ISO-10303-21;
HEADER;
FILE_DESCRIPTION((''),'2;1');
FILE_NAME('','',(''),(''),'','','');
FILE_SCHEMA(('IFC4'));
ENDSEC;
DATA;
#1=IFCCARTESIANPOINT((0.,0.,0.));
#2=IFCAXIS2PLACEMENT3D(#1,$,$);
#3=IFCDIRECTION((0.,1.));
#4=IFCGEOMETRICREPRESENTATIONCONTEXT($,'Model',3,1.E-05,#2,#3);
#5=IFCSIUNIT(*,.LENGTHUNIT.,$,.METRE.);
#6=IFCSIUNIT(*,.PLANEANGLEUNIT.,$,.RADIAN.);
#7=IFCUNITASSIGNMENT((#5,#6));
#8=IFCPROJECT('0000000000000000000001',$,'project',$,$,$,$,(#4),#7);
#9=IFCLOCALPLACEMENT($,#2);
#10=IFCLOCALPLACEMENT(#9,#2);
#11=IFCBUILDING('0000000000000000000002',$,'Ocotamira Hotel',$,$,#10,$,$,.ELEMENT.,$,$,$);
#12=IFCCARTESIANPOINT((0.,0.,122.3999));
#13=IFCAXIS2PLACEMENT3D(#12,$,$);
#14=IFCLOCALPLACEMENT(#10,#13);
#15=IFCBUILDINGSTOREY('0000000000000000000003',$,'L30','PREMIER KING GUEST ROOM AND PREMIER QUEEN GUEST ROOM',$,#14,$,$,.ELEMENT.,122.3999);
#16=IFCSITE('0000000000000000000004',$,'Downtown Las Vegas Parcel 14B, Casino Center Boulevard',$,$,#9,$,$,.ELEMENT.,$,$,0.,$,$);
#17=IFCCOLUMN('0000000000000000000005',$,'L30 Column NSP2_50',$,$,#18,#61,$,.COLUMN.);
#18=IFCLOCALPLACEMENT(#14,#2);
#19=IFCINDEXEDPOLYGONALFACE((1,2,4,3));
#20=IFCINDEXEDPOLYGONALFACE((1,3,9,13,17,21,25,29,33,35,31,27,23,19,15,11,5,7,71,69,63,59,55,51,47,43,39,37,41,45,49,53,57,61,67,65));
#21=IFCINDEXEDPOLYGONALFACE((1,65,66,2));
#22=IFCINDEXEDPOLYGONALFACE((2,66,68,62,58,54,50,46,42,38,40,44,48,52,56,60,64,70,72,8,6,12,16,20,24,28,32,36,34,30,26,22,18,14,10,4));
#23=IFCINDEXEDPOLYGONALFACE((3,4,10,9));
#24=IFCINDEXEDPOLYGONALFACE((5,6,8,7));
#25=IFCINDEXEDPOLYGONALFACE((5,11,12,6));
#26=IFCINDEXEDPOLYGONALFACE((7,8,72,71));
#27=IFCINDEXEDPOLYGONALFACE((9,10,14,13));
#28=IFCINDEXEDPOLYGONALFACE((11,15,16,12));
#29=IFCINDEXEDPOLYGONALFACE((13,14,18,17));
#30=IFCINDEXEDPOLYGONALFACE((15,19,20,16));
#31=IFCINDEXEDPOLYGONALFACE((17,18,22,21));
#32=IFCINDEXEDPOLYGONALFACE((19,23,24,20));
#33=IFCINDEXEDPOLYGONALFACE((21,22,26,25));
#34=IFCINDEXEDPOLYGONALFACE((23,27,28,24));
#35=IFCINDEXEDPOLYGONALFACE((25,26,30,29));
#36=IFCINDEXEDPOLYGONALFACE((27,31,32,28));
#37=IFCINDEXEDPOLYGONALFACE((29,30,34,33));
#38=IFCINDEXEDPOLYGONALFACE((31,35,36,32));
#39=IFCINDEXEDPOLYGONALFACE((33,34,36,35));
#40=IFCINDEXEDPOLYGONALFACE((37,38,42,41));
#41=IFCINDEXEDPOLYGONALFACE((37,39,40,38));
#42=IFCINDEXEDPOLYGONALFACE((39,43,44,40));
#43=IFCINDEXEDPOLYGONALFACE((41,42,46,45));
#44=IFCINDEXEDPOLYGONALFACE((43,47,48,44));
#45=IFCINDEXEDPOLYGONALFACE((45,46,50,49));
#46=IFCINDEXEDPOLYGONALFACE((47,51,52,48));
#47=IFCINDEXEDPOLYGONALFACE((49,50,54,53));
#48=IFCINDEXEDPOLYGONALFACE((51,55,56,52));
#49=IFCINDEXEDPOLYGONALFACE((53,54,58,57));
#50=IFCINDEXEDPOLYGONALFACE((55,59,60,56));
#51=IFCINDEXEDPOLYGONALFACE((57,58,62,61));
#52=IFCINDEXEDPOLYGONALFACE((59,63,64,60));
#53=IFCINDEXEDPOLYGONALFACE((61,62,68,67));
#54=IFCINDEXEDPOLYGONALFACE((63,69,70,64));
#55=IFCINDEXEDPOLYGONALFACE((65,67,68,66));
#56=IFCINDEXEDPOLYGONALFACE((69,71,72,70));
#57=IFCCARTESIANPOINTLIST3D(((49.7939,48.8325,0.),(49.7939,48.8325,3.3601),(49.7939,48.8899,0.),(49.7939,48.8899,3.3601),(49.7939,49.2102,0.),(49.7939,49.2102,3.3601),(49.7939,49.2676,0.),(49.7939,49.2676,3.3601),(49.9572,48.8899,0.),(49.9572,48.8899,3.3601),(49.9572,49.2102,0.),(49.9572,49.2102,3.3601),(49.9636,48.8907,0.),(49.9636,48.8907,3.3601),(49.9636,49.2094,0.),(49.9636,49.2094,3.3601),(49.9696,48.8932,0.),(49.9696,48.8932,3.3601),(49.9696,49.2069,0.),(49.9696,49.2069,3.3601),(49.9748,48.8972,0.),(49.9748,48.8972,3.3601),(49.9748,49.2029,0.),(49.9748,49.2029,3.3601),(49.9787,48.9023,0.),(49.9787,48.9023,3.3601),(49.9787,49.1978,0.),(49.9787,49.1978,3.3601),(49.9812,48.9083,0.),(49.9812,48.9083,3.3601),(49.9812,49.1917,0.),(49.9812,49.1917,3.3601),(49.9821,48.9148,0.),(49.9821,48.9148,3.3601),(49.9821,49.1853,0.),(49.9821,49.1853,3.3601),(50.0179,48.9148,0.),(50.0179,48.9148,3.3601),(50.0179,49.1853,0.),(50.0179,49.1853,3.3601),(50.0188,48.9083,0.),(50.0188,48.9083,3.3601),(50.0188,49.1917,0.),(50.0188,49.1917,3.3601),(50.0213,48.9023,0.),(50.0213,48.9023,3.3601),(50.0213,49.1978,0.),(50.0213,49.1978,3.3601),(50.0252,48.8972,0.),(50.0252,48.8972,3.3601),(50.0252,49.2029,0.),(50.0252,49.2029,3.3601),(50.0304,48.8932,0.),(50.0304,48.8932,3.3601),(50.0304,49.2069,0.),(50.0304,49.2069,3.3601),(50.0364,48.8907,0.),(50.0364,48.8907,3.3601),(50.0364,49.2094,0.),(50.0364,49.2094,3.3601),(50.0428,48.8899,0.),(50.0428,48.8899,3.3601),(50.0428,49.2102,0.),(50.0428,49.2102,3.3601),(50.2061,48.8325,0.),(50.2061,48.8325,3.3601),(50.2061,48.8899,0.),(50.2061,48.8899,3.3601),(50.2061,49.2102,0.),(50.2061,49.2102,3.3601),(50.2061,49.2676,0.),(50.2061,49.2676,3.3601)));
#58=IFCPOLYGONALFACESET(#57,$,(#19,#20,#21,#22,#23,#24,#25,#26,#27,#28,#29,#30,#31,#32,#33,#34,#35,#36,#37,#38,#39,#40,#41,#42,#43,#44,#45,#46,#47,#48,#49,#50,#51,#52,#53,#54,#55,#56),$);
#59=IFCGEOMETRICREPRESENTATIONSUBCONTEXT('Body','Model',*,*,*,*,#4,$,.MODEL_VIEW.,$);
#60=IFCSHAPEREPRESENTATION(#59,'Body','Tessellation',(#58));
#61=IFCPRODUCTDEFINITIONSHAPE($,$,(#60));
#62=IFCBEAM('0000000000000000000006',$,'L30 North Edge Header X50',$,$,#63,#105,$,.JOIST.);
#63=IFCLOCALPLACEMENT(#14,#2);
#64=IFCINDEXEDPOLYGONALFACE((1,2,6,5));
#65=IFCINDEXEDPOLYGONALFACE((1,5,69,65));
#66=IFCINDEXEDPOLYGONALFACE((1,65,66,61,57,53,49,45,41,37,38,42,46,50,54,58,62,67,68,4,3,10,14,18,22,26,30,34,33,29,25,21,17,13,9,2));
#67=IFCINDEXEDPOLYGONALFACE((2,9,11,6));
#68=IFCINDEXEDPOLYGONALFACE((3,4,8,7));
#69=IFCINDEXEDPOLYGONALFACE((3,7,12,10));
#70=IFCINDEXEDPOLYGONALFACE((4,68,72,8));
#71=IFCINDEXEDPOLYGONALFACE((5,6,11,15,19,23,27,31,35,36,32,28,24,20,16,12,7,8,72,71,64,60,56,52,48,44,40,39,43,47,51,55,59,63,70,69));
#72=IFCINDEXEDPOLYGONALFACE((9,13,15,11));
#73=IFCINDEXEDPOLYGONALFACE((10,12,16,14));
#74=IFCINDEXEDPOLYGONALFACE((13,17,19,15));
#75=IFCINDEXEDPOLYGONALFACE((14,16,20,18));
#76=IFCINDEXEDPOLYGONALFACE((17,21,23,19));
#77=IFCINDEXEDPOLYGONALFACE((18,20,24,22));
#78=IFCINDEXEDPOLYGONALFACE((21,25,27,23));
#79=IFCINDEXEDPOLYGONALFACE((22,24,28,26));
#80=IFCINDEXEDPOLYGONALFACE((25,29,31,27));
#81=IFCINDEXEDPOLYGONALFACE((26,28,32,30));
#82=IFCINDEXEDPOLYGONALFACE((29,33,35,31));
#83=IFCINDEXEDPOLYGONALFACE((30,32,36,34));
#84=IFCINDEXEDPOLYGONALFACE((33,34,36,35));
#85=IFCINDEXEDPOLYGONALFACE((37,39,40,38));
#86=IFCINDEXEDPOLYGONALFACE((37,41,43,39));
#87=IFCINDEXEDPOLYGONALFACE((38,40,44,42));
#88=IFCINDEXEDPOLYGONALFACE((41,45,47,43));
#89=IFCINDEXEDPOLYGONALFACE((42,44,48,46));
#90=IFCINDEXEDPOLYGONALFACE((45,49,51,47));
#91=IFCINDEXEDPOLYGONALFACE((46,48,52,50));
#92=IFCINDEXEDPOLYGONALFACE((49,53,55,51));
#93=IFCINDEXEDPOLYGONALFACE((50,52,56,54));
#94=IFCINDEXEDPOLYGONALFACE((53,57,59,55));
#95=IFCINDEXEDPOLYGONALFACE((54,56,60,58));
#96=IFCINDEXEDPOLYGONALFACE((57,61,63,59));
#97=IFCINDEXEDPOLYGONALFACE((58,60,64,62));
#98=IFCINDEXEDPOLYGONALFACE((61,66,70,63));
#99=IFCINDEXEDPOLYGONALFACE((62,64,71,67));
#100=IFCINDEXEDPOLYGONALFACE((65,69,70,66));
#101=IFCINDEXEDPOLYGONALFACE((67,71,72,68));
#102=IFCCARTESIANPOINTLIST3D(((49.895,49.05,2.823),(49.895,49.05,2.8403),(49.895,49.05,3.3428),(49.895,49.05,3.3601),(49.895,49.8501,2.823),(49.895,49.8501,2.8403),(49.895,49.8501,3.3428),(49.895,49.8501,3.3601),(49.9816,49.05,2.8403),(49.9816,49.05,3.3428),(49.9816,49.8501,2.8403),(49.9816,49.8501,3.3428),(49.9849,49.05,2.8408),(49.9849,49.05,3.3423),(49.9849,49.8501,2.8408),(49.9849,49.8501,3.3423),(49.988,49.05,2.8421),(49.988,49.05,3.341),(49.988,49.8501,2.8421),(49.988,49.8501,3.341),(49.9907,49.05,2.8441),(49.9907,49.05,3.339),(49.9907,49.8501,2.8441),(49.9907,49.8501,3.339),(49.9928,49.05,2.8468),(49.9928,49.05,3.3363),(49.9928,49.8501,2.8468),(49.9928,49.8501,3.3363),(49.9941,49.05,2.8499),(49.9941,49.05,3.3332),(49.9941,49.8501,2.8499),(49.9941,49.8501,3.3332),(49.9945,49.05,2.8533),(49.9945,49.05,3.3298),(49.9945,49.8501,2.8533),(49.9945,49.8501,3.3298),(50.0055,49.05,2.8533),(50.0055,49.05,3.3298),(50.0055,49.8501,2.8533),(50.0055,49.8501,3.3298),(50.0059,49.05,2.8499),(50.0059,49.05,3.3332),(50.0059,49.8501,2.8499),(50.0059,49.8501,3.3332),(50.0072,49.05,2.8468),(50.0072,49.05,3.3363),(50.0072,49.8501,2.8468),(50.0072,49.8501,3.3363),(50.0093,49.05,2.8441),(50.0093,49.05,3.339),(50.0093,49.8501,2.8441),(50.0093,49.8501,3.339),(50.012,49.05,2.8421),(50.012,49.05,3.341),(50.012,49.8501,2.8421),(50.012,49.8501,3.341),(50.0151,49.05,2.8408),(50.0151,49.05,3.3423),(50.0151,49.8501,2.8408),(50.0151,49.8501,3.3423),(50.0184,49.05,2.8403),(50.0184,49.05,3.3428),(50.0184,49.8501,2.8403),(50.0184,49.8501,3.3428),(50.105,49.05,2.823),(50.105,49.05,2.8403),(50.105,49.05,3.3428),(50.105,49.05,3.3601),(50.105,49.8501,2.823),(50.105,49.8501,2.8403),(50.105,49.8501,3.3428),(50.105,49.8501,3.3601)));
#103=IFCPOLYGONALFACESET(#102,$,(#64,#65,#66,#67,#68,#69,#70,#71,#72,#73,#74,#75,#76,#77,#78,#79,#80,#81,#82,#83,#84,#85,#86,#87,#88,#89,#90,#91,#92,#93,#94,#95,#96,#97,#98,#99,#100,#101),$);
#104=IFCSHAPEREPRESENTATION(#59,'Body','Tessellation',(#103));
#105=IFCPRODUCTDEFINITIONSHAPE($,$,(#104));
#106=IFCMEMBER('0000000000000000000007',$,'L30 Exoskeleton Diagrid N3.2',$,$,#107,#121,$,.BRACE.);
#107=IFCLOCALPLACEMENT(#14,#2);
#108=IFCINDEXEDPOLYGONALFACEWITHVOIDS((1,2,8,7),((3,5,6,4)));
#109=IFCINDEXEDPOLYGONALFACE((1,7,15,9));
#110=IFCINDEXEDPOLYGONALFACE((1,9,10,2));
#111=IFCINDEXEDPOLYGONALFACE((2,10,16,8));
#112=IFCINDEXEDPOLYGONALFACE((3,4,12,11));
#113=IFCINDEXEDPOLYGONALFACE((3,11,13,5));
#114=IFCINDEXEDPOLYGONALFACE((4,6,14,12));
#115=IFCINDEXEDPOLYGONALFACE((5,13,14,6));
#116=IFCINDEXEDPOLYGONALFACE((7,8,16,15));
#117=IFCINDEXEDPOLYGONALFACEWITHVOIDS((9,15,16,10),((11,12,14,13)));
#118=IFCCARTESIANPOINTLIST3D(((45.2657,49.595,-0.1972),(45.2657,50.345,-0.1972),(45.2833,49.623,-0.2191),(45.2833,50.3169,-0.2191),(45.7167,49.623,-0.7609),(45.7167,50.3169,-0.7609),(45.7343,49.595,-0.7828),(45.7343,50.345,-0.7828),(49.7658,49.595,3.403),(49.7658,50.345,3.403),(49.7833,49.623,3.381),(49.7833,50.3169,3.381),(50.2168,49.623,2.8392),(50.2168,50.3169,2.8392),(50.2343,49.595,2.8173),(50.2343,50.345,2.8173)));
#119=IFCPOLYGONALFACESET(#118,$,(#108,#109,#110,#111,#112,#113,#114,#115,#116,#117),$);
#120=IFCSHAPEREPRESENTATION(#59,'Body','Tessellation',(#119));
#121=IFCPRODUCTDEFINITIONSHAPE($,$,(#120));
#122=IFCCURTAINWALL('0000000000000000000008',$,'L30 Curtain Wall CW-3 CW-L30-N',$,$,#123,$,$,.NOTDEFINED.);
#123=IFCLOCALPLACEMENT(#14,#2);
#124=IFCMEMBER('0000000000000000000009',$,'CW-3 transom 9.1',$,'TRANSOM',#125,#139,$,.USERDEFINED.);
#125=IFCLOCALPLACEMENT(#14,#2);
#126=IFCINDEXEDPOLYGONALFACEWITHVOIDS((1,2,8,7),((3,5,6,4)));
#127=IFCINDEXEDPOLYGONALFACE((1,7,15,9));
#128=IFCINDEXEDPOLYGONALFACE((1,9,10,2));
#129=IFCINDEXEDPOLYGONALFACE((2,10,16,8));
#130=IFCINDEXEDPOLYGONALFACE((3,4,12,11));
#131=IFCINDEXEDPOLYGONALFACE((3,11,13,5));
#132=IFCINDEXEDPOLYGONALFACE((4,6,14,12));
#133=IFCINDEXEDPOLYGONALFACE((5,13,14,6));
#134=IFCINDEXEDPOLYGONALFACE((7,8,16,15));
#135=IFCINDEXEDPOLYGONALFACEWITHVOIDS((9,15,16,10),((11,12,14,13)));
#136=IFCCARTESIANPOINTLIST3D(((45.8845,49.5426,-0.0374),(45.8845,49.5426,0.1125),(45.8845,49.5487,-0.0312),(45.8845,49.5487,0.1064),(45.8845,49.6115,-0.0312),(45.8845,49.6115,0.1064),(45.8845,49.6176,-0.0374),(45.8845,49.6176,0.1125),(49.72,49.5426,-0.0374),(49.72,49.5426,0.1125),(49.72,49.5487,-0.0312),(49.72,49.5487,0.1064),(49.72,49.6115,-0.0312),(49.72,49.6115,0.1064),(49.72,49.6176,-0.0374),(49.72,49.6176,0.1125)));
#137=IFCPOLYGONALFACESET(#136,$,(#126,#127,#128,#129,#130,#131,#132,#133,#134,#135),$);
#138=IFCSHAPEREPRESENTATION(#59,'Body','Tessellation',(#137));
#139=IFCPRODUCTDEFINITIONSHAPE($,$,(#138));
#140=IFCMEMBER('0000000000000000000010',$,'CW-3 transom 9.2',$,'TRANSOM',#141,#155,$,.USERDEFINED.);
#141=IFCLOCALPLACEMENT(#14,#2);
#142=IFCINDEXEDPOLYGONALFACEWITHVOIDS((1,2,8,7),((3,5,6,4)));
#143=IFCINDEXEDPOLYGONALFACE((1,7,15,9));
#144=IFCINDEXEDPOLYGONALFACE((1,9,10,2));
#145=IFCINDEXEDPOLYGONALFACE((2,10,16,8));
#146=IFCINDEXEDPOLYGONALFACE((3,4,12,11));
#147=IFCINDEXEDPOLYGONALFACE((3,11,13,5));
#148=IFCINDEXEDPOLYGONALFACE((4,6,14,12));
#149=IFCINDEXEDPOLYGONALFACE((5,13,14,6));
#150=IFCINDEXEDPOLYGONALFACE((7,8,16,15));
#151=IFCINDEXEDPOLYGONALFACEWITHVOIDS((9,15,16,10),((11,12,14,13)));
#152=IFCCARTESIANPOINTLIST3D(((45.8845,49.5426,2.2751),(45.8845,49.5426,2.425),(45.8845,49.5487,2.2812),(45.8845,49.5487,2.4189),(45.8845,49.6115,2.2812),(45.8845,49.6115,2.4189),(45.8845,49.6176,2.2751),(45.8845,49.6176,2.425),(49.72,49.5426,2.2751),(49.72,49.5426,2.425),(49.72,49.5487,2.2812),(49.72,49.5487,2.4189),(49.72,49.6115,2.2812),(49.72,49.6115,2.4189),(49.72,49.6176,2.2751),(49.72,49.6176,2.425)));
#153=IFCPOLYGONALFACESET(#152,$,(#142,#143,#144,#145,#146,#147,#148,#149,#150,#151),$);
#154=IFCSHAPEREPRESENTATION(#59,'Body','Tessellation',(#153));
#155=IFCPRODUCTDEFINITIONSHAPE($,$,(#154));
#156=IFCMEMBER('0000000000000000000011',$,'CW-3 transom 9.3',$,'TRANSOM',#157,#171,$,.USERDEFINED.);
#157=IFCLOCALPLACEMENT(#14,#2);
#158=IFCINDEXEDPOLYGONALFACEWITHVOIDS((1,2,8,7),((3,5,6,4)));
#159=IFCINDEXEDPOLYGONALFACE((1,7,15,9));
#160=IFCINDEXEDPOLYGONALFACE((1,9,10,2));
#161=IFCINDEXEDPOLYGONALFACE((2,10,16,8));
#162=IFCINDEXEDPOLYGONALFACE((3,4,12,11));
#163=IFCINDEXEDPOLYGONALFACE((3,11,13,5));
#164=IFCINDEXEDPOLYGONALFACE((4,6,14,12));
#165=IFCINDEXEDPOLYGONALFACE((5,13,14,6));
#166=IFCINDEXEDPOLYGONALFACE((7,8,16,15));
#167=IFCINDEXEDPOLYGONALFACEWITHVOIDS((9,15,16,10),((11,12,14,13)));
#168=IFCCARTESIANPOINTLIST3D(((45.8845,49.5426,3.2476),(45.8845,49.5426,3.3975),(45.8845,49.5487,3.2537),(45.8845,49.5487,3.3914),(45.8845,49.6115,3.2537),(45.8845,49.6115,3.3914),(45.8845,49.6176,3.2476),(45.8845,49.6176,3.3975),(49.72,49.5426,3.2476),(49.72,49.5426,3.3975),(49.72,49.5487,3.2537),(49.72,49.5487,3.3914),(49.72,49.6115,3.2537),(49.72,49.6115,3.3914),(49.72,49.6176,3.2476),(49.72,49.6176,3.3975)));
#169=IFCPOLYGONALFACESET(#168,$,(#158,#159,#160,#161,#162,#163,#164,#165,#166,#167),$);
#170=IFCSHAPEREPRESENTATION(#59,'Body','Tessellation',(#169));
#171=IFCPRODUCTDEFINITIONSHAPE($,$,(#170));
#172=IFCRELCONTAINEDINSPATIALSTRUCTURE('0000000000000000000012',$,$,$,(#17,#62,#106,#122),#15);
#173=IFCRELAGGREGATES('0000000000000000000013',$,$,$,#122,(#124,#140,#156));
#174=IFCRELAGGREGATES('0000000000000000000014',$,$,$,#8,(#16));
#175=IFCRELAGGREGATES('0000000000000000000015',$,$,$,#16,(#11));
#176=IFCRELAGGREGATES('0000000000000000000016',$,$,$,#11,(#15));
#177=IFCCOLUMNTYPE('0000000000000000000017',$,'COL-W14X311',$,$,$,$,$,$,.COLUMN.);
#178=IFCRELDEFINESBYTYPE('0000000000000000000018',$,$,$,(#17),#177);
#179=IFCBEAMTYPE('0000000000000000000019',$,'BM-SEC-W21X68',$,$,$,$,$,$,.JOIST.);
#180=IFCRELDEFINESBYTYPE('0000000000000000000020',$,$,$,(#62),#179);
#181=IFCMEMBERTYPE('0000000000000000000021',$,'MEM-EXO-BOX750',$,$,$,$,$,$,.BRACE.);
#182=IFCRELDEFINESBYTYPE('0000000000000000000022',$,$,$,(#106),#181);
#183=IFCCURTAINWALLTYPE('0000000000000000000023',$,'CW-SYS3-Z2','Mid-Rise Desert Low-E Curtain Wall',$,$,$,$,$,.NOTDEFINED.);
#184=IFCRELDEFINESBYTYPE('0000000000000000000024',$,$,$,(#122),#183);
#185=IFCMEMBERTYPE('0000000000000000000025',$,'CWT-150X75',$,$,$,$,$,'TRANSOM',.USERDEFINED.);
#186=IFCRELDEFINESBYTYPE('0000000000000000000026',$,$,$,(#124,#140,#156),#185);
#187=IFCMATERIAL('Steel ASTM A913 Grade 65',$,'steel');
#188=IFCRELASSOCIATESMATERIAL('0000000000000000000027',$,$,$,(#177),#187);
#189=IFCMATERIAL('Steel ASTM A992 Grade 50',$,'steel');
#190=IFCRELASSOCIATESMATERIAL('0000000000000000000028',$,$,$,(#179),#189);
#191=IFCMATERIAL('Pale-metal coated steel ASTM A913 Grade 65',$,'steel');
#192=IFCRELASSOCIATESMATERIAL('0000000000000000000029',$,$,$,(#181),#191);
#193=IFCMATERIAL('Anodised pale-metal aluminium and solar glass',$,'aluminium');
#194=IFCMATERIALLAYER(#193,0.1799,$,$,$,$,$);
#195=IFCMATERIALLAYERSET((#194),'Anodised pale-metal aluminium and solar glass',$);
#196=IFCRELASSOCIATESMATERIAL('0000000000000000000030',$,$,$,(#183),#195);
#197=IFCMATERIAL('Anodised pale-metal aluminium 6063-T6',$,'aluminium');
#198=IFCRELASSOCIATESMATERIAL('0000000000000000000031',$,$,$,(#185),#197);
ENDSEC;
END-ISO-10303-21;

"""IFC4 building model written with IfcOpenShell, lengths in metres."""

from ifc_helpers import new_model, si_unit, direction, frame, origin, origin_2d, place, context, subcontext, project, spatial, hollow_rectangle, i_section, extrude, source, transform, mapped, material, layer, layer_set, material_profile, profile_set, type_object, element, aggregate, save


model = new_model("IFC4")

# Units and contexts
model_context = context("Model", 3, precision=1e-05, world=origin(), true_north=direction((0.0, 1.0)))
body_context = subcontext(model_context, "Body", "Model", "MODEL_VIEW")
ifc_project = project(units=[si_unit("LENGTHUNIT", "METRE"), si_unit("PLANEANGLEUNIT", "RADIAN")], contexts=[model_context])

# Site, building, storey
site_placement = place(None, origin())
site = spatial("IfcSite", under=ifc_project, at=site_placement, Name="Downtown Las Vegas Parcel 14B, Casino Center Boulevard", CompositionType="ELEMENT", RefElevation=0.0)
building_placement = place(site_placement, origin())
building = spatial("IfcBuilding", under=site, at=building_placement, Name="Ocotamira Hotel", CompositionType="ELEMENT")
storey_placement = place(building_placement, frame((0.0, 0.0, 122.3999)))
storey = spatial("IfcBuildingStorey", under=building, at=storey_placement, Name="L30", Description="PREMIER KING GUEST ROOM AND PREMIER QUEEN GUEST ROOM", CompositionType="ELEMENT", Elevation=122.3999)

# Column
ifc_material_1 = material(Name="Steel ASTM A913 Grade 65", Category="steel")
ifc_material_profile_1 = material_profile(ifc_material_1, i_section(OverallWidth=0.4121, OverallDepth=0.4351, WebThickness=0.0359, FlangeThickness=0.0574, FilletRadius=0.0249, at=origin_2d()), Name="W14X311")
ifc_profile_set_1 = profile_set([ifc_material_profile_1], Name="Steel ASTM A913 Grade 65")
column_type = type_object("IfcColumnType", Name="COL-W14X311", PredefinedType="COLUMN", material=ifc_profile_set_1)
shared_shape_1 = source(origin(), body_context, "Body", "SweptSolid", [
    extrude(i_section(OverallWidth=0.4121, OverallDepth=0.4351, WebThickness=0.0359, FlangeThickness=0.0574, FilletRadius=0.0249, at=origin_2d()), origin(), (0.0, 0.0, 1.0), 3.3601),
])
column_placement = place(storey_placement, frame((50.0, 49.05, 0.0), z_axis=(0.0, 0.0, 1.0), x_axis=(1.0, 0.0, 0.0)))
element("IfcColumn", 1, at=column_placement, inside=storey, type_object=column_type, Name="L30 Column NSP2_50", PredefinedType="COLUMN", context=body_context, shape_type="MappedRepresentation", body=[
    mapped(shared_shape_1, transform((0.0, 0.0, 0.0), scale=1.0)),
])

# Beam
ifc_material_2 = material(Name="Steel ASTM A992 Grade 50", Category="steel")
ifc_material_profile_2 = material_profile(ifc_material_2, i_section(OverallWidth=0.21, OverallDepth=0.5371, WebThickness=0.011, FlangeThickness=0.0173, FilletRadius=0.0129, at=origin_2d()), Name="W21X68")
ifc_profile_set_2 = profile_set([ifc_material_profile_2], Name="Steel ASTM A992 Grade 50")
beam_type = type_object("IfcBeamType", Name="BM-SEC-W21X68", PredefinedType="JOIST", material=ifc_profile_set_2)
shared_shape_2 = source(origin(), body_context, "Body", "SweptSolid", [
    extrude(i_section(OverallWidth=0.21, OverallDepth=0.5371, WebThickness=0.011, FlangeThickness=0.0173, FilletRadius=0.0129, at=origin_2d()), origin(), (0.0, 0.0, 1.0), 0.8),
])
beam_placement = place(storey_placement, frame((50.0, 49.05, 3.0916), z_axis=(0.0, 1.0, 0.0), x_axis=(-1.0, 0.0, 0.0)))
element("IfcBeam", 2, at=beam_placement, inside=storey, type_object=beam_type, Name="L30 North Edge Header X50", PredefinedType="JOIST", context=body_context, shape_type="MappedRepresentation", body=[
    mapped(shared_shape_2, transform((0.0, 0.0, 0.0), scale=1.0)),
])

# Member
ifc_material_3 = material(Name="Pale-metal coated steel ASTM A913 Grade 65", Category="steel")
ifc_material_profile_3 = material_profile(ifc_material_3, hollow_rectangle(XDim=0.75, YDim=0.75, WallThickness=0.0281, at=origin_2d()), Name="BOX750X750X28")
ifc_profile_set_3 = profile_set([ifc_material_profile_3], Name="Pale-metal coated steel ASTM A913 Grade 65")
member_type_1 = type_object("IfcMemberType", Name="MEM-EXO-BOX750", PredefinedType="BRACE", material=ifc_profile_set_3)
shared_shape_3 = source(origin(), body_context, "Body", "SweptSolid", [
    extrude(hollow_rectangle(XDim=0.75, YDim=0.75, WallThickness=0.0281, at=origin_2d()), origin(), (0.0, 0.0, 1.0), 5.7629),
])
member_1_placement = place(storey_placement, frame((45.5, 49.97, -0.49), z_axis=(0.780861, 0.0, 0.624705), x_axis=(0.0, 1.0, 0.0)))
element("IfcMember", 3, at=member_1_placement, inside=storey, type_object=member_type_1, Name="L30 Exoskeleton Diagrid N3.2", PredefinedType="BRACE", context=body_context, shape_type="MappedRepresentation", body=[
    mapped(shared_shape_3, transform((0.0, 0.0, 0.0), scale=1.0)),
])

# Curtain wall, members
ifc_material_4 = material(Name="Anodised pale-metal aluminium and solar glass", Category="aluminium")
ifc_layer_1 = layer(ifc_material_4, 0.1799)
ifc_layer_set_1 = layer_set([ifc_layer_1], Name="Anodised pale-metal aluminium and solar glass")
curtain_wall_type = type_object("IfcCurtainWallType", Name="CW-SYS3-Z2", Description="Mid-Rise Desert Low-E Curtain Wall", PredefinedType="NOTDEFINED", material=ifc_layer_set_1)
curtain_wall_placement = place(storey_placement, origin())
curtain_wall = element("IfcCurtainWall", 4, at=curtain_wall_placement, inside=storey, type_object=curtain_wall_type, Name="L30 Curtain Wall CW-3 CW-L30-N", PredefinedType="NOTDEFINED")
ifc_material_5 = material(Name="Anodised pale-metal aluminium 6063-T6", Category="aluminium")
ifc_material_profile_4 = material_profile(ifc_material_5, hollow_rectangle(XDim=0.075, YDim=0.1499, WallThickness=0.0061, at=origin_2d()), Name="HSS150X75X6")
ifc_profile_set_4 = profile_set([ifc_material_profile_4], Name="Anodised pale-metal aluminium 6063-T6")
member_type_2 = type_object("IfcMemberType", Name="CWT-150X75", ElementType="TRANSOM", PredefinedType="USERDEFINED", material=ifc_profile_set_4)
shared_shape_4 = source(origin(), body_context, "Body", "SweptSolid", [
    extrude(hollow_rectangle(XDim=0.075, YDim=0.1499, WallThickness=0.0061, at=origin_2d()), origin(), (0.0, 0.0, 1.0), 3.8354),
])
member_2_placement = place(storey_placement, frame((45.8845, 49.5801, 0.0376), z_axis=(1.0, 0.0, 0.0), x_axis=(0.0, 1.0, 0.0)))
member_2 = element("IfcMember", 5, at=member_2_placement, type_object=member_type_2, Name="CW-3 transom 9.1", ObjectType="TRANSOM", PredefinedType="USERDEFINED", context=body_context, shape_type="MappedRepresentation", body=[
    mapped(shared_shape_4, transform((0.0, 0.0, 0.0), scale=1.0)),
])
member_3_placement = place(storey_placement, frame((45.8845, 49.5801, 2.3501), z_axis=(1.0, 0.0, 0.0), x_axis=(0.0, 1.0, 0.0)))
member_3 = element("IfcMember", 6, at=member_3_placement, type_object=member_type_2, Name="CW-3 transom 9.2", ObjectType="TRANSOM", PredefinedType="USERDEFINED", context=body_context, shape_type="MappedRepresentation", body=[
    mapped(shared_shape_4, transform((0.0, 0.0, 0.0), scale=1.0)),
])
member_4_placement = place(storey_placement, frame((45.8845, 49.5801, 3.3225), z_axis=(1.0, 0.0, 0.0), x_axis=(0.0, 1.0, 0.0)))
member_4 = element("IfcMember", 7, at=member_4_placement, type_object=member_type_2, Name="CW-3 transom 9.3", ObjectType="TRANSOM", PredefinedType="USERDEFINED", context=body_context, shape_type="MappedRepresentation", body=[
    mapped(shared_shape_4, transform((0.0, 0.0, 0.0), scale=1.0)),
])

aggregate(curtain_wall, [member_2, member_3, member_4])

save(model, "model.ifc")
